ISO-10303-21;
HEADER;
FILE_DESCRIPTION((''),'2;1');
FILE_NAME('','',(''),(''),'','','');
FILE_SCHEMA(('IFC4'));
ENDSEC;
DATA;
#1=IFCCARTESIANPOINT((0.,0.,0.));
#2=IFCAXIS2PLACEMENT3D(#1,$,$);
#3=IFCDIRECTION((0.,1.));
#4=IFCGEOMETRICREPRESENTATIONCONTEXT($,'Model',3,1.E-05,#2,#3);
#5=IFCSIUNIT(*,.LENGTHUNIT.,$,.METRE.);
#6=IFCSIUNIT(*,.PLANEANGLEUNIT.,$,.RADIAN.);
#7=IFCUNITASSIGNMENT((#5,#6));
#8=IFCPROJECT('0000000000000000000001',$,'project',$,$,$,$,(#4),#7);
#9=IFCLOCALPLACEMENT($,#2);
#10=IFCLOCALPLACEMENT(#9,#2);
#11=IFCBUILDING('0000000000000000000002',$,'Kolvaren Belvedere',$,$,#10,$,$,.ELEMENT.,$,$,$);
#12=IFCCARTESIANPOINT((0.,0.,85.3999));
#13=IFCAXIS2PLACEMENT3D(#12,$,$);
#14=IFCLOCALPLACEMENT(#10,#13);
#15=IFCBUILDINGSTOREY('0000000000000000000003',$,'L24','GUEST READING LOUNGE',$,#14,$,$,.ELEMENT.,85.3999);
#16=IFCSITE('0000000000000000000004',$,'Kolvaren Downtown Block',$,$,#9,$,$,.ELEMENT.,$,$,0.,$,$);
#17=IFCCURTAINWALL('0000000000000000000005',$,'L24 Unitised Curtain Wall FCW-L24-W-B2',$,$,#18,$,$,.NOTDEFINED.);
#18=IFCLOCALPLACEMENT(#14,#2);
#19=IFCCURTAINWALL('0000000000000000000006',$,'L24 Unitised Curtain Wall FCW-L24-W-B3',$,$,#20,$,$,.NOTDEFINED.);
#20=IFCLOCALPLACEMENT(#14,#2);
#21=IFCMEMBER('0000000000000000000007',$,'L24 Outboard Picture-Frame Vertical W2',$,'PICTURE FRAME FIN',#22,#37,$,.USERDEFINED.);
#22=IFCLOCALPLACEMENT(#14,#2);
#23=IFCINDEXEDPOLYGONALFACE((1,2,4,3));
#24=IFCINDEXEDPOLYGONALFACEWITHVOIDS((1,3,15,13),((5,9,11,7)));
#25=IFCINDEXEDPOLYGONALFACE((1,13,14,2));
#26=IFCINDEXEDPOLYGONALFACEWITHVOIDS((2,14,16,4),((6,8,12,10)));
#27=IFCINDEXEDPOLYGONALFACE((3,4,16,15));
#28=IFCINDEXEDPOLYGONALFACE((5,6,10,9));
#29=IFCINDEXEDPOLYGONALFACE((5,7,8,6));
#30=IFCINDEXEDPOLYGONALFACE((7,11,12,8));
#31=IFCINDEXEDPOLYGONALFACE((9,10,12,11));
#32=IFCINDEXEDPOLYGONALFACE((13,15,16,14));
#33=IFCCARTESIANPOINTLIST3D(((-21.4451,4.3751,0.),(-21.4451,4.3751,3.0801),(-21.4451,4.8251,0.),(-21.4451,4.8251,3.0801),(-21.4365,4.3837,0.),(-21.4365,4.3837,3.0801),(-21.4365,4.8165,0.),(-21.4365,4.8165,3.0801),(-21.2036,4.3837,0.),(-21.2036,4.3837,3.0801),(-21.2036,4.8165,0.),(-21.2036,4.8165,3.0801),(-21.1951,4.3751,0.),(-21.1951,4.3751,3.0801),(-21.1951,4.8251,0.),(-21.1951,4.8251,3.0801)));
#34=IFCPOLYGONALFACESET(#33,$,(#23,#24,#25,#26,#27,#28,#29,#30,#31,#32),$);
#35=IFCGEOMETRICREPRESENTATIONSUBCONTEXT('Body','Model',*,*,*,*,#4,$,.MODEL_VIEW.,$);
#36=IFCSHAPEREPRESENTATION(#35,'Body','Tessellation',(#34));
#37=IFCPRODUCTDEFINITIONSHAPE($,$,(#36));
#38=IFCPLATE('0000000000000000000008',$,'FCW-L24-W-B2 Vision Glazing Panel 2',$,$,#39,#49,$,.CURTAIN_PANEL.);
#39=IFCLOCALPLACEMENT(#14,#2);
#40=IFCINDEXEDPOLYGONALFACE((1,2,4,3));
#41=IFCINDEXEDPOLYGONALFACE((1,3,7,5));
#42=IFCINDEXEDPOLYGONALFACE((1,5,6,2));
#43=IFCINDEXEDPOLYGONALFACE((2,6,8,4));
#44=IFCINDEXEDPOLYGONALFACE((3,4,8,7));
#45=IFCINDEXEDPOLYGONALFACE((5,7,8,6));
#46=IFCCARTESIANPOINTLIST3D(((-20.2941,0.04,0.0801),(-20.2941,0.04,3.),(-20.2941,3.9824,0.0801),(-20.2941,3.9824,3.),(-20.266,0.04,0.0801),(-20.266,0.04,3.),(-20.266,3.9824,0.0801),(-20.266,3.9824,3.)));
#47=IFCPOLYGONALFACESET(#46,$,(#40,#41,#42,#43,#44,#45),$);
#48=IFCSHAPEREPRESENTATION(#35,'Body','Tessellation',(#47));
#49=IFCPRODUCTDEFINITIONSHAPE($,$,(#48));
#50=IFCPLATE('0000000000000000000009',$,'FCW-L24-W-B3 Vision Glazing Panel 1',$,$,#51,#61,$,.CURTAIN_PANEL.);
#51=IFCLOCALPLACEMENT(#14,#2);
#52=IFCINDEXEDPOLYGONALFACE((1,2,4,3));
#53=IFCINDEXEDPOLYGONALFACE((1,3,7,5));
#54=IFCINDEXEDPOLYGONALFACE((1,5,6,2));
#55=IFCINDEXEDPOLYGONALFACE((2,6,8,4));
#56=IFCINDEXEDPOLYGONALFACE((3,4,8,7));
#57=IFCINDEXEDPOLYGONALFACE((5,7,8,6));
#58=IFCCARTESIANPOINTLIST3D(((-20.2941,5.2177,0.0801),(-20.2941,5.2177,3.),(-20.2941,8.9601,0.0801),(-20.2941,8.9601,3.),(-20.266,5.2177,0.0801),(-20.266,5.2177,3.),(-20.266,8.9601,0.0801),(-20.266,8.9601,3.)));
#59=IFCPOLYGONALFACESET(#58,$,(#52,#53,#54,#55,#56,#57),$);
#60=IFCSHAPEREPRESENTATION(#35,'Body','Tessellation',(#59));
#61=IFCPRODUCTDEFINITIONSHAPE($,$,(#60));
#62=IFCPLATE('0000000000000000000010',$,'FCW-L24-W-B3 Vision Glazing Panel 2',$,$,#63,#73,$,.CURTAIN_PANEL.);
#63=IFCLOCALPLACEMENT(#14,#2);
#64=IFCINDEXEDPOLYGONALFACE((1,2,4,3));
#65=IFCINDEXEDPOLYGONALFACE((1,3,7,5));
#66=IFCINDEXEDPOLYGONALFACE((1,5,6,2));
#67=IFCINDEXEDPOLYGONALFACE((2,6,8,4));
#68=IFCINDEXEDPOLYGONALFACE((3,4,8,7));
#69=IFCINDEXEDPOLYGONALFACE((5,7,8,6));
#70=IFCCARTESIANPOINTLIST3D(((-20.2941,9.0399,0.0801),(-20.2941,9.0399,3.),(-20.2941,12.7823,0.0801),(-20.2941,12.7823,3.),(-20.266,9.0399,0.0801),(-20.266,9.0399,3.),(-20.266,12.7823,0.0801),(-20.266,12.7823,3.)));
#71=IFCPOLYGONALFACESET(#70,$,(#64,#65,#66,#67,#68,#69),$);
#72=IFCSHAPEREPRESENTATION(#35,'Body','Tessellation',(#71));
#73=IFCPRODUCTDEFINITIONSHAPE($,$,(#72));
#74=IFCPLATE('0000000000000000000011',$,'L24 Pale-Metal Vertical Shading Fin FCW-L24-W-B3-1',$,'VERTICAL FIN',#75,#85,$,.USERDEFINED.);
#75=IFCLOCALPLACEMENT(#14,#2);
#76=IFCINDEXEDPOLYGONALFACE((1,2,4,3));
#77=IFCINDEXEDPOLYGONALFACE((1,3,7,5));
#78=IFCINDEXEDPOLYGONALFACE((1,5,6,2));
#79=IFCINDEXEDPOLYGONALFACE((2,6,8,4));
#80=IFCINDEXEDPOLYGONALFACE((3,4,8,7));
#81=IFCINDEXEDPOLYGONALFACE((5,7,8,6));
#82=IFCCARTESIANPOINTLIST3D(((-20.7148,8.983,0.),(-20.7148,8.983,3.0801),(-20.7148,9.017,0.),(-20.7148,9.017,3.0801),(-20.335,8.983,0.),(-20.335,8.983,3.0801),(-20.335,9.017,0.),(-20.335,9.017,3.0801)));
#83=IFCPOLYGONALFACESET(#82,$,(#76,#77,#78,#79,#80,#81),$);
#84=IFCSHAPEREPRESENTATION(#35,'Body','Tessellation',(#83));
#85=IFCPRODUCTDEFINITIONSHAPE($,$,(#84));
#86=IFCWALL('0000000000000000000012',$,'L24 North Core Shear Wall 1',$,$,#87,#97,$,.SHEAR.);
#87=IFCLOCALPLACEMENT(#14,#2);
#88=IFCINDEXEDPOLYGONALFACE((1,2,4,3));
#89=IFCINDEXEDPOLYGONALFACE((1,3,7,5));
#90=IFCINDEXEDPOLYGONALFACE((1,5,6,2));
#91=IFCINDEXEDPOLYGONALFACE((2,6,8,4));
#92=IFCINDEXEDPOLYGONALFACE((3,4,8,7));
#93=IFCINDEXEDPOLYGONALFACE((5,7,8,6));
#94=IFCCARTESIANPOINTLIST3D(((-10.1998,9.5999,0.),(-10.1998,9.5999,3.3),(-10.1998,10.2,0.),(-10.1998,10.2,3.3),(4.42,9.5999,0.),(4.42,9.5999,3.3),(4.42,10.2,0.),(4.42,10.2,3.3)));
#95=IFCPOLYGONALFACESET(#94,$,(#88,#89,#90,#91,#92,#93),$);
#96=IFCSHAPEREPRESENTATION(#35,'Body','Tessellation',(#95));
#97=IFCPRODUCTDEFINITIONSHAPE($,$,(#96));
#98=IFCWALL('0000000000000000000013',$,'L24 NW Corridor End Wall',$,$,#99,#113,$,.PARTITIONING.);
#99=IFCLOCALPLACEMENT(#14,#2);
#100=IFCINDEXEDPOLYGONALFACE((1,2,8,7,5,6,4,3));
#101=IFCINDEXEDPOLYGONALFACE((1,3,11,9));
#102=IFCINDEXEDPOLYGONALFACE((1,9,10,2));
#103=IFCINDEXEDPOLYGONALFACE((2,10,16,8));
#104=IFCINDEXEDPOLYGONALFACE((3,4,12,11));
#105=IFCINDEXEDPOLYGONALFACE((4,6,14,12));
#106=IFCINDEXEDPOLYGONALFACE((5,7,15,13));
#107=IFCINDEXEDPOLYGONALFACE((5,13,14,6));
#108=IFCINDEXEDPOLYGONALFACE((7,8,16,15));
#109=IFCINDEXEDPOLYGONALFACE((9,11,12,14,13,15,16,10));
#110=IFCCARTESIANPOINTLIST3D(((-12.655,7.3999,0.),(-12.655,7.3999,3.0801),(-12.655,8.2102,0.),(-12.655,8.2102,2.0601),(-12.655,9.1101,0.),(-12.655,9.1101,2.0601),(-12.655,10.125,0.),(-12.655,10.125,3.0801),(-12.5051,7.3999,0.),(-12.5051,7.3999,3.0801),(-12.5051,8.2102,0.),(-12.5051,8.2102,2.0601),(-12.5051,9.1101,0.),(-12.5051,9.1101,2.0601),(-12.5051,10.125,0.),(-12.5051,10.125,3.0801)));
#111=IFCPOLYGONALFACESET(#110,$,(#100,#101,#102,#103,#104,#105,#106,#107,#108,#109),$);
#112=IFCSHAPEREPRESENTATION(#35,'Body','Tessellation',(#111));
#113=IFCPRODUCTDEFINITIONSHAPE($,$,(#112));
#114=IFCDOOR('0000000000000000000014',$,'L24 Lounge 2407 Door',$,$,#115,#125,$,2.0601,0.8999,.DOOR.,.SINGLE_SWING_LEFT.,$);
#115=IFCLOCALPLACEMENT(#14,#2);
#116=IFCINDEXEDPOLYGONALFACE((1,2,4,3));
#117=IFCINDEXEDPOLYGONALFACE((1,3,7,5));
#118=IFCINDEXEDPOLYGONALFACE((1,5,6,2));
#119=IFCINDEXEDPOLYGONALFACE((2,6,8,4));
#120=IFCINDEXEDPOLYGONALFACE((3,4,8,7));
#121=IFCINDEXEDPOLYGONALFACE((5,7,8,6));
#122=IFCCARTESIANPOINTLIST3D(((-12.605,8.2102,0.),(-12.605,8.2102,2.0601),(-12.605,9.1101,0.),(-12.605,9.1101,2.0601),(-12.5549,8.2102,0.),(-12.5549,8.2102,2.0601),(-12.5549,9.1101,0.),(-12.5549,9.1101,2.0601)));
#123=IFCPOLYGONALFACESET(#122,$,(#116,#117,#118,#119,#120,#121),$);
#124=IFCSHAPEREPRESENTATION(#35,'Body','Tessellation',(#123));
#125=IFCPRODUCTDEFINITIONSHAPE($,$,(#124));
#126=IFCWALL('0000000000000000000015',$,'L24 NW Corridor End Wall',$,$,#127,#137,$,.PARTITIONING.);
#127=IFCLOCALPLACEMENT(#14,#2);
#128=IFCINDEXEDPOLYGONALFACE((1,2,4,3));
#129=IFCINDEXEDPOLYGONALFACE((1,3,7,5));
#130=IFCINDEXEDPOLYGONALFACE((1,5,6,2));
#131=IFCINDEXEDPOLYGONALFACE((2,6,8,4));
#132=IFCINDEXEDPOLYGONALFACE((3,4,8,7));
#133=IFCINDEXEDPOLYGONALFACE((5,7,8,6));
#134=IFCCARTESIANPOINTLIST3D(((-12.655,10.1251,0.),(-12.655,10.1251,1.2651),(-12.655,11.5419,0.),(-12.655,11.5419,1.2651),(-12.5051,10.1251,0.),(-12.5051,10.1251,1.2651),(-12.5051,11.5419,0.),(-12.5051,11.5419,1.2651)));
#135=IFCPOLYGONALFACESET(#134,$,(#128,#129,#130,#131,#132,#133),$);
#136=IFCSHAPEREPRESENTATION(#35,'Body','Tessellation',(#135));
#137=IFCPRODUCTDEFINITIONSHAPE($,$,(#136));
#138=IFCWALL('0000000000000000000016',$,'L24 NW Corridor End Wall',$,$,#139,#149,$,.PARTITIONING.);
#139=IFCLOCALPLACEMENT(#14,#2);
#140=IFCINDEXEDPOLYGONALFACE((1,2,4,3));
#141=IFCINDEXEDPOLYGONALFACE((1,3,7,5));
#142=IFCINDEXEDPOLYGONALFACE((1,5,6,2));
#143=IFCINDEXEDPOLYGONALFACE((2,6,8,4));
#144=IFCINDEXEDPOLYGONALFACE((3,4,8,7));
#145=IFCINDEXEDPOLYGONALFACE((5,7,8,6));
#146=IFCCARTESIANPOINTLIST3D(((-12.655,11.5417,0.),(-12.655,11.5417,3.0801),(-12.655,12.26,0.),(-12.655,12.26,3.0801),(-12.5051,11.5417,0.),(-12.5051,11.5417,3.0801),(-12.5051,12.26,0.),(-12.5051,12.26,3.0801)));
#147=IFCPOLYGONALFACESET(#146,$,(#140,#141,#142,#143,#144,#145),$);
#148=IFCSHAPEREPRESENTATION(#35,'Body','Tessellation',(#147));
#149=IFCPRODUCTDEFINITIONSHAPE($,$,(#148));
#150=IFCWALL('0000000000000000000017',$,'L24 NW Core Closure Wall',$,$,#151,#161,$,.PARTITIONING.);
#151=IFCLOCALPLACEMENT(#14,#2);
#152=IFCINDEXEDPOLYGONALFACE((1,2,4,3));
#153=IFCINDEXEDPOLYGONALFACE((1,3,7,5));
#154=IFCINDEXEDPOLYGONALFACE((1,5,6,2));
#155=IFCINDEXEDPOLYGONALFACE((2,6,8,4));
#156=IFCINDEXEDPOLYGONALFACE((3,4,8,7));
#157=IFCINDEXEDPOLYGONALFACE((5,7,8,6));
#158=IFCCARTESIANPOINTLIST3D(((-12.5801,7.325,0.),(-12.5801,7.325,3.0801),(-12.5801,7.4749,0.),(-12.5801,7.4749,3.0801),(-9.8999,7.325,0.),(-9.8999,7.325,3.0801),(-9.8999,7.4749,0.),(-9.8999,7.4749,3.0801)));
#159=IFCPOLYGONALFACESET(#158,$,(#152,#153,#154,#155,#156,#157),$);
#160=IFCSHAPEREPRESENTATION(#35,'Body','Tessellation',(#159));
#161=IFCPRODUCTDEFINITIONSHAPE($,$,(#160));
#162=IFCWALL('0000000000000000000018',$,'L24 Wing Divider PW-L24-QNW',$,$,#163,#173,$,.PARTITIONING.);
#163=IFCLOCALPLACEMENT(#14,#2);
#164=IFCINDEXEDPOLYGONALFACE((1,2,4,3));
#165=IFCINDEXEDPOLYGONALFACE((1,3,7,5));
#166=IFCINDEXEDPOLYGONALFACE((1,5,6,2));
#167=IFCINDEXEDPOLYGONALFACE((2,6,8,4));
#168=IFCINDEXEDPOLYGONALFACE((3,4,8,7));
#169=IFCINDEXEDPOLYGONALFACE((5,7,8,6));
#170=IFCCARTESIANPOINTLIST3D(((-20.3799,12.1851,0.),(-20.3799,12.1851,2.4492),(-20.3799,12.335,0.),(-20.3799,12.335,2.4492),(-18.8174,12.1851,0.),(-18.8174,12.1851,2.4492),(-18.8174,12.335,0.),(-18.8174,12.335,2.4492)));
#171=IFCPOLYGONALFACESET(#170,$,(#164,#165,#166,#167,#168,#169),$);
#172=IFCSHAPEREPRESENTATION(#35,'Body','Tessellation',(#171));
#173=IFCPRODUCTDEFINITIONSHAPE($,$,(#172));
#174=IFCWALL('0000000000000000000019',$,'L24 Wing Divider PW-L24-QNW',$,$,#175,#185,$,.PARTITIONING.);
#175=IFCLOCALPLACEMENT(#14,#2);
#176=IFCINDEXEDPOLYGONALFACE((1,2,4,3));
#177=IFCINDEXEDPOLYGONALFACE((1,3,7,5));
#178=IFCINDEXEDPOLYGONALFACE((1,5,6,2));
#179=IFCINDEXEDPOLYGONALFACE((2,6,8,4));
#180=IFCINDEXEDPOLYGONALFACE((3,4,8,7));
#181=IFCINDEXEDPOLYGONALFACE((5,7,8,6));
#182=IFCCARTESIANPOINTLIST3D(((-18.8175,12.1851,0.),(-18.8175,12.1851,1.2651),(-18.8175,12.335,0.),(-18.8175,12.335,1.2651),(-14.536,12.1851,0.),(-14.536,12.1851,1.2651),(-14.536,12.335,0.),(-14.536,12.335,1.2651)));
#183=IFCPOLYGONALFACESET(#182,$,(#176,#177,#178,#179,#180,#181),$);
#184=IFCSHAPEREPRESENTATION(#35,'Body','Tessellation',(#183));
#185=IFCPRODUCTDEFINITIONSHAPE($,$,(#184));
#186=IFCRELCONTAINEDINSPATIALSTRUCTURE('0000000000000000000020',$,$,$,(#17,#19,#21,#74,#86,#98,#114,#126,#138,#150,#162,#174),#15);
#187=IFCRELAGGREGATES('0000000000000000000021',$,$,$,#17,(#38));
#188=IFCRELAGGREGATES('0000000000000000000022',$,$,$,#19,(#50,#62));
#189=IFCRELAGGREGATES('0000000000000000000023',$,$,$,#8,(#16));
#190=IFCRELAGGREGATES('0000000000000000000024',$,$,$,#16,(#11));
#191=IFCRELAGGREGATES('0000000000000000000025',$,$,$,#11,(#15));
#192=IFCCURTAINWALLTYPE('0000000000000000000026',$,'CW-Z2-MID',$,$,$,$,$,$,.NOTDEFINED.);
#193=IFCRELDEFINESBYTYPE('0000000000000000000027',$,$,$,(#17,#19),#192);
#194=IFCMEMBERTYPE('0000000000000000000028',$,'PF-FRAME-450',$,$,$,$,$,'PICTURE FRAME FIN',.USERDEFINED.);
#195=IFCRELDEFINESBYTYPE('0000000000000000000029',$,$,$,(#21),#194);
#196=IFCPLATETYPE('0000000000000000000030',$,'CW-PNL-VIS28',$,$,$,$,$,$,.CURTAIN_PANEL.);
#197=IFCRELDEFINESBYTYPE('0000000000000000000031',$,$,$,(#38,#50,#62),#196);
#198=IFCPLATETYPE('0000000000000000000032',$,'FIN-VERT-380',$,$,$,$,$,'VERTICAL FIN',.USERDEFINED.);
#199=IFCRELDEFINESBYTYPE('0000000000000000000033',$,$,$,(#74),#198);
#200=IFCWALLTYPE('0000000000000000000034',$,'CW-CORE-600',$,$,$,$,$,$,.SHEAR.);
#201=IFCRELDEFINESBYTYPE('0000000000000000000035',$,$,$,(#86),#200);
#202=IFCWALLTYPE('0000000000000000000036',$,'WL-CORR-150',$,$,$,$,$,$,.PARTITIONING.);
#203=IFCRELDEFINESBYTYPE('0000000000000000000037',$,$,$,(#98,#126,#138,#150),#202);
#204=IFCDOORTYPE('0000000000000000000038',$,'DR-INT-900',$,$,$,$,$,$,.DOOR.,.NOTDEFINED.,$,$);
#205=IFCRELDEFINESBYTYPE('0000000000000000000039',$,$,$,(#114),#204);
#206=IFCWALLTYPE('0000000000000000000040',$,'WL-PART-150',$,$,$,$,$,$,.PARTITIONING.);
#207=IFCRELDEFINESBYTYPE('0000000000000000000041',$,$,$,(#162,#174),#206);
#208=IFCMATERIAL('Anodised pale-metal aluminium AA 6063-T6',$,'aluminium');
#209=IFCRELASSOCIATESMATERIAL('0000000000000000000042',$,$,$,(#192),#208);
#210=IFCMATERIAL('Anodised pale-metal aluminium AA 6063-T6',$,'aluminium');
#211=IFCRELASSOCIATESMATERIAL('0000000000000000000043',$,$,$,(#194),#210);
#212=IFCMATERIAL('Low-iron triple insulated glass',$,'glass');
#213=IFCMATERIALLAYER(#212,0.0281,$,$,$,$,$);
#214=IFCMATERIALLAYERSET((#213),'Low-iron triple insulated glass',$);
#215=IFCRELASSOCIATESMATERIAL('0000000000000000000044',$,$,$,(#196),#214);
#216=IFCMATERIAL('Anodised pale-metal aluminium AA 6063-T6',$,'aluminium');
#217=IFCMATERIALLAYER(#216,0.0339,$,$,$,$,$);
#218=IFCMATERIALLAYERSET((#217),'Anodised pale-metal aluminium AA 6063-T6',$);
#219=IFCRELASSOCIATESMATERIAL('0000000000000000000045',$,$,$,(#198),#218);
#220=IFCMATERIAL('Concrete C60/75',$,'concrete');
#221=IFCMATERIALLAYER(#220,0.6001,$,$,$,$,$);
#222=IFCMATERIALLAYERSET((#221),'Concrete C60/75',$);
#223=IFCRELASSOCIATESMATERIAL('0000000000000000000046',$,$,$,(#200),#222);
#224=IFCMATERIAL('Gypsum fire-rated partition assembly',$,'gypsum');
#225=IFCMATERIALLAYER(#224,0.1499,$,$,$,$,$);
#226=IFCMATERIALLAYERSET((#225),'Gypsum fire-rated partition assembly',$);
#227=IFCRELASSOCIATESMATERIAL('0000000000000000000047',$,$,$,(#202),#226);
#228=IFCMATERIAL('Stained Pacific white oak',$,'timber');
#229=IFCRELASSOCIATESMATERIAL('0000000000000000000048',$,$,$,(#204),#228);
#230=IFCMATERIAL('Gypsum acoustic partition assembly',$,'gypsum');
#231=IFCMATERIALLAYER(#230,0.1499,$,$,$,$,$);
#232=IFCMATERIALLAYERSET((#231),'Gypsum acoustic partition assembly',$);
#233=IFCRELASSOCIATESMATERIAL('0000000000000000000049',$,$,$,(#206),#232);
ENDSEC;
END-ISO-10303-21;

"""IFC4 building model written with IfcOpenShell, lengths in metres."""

from ifc_helpers import new_model, si_unit, direction, frame, frame_2d, origin, origin_2d, place, context, subcontext, project, spatial, rectangle, hollow_rectangle, extrude, material, layer, layer_set, material_profile, profile_set, type_object, element, fill, aggregate, save


model = new_model("IFC4")

# Units and contexts
model_context = context("Model", 3, precision=1e-05, world=origin(), true_north=direction((0.0, 1.0)))
body_context = subcontext(model_context, "Body", "Model", "MODEL_VIEW")
ifc_project = project(units=[si_unit("LENGTHUNIT", "METRE"), si_unit("PLANEANGLEUNIT", "RADIAN")], contexts=[model_context])

# Site, building, storey
site_placement = place(None, origin())
site = spatial("IfcSite", under=ifc_project, at=site_placement, Name="Kolvaren Downtown Block", CompositionType="ELEMENT", RefElevation=0.0)
building_placement = place(site_placement, origin())
building = spatial("IfcBuilding", under=site, at=building_placement, Name="Kolvaren Belvedere", CompositionType="ELEMENT")
storey_placement = place(building_placement, frame((0.0, 0.0, 85.3999)))
storey = spatial("IfcBuildingStorey", under=building, at=storey_placement, Name="L24", Description="GUEST READING LOUNGE", CompositionType="ELEMENT", Elevation=85.3999)

# Curtain wall
ifc_material_1 = material(Name="Anodised pale-metal aluminium AA 6063-T6", Category="aluminium")
curtain_wall_type = type_object("IfcCurtainWallType", Name="CW-Z2-MID", PredefinedType="NOTDEFINED", material=ifc_material_1)
curtain_wall_1_placement = place(storey_placement, origin())
curtain_wall_1 = element("IfcCurtainWall", 1, at=curtain_wall_1_placement, inside=storey, type_object=curtain_wall_type, Name="L24 Unitised Curtain Wall FCW-L24-W-B2", PredefinedType="NOTDEFINED")

# Curtain wall
curtain_wall_2_placement = place(storey_placement, origin())
curtain_wall_2 = element("IfcCurtainWall", 2, at=curtain_wall_2_placement, inside=storey, type_object=curtain_wall_type, Name="L24 Unitised Curtain Wall FCW-L24-W-B3", PredefinedType="NOTDEFINED")

# Member
ifc_material_2 = material(Name="Anodised pale-metal aluminium AA 6063-T6", Category="aluminium")
ifc_material_profile_1 = material_profile(ifc_material_2, hollow_rectangle(XDim=0.25, YDim=0.45, WallThickness=0.0085, at=origin_2d()), Name="ALU-PF-450X250")
ifc_profile_set_1 = profile_set([ifc_material_profile_1], Name="Anodised pale-metal aluminium AA 6063-T6")
member_type_1 = type_object("IfcMemberType", Name="PF-FRAME-450", ElementType="PICTURE FRAME FIN", PredefinedType="USERDEFINED", material=ifc_profile_set_1)
member_1_placement = place(storey_placement, frame((-21.3201, 4.6001, 0.0), z_axis=(0.0, 0.0, 1.0), x_axis=(1.0, 0.0, 0.0)))
element("IfcMember", 3, at=member_1_placement, inside=storey, type_object=member_type_1, Name="L24 Outboard Picture-Frame Vertical W2", ObjectType="PICTURE FRAME FIN", PredefinedType="USERDEFINED", context=body_context, shape_type="SweptSolid", body=[
    extrude(hollow_rectangle(XDim=0.25, YDim=0.45, WallThickness=0.0085, at=origin_2d()), origin(), (0.0, 0.0, 1.0), 3.0801),
])

# Plates
ifc_material_3 = material(Name="Low-iron triple insulated glass", Category="glass")
ifc_layer_1 = layer(ifc_material_3, 0.0281)
ifc_layer_set_1 = layer_set([ifc_layer_1], Name="Low-iron triple insulated glass")
plate_type_1 = type_object("IfcPlateType", Name="CW-PNL-VIS28", PredefinedType="CURTAIN_PANEL", material=ifc_layer_set_1)
plate_1_placement = place(storey_placement, frame((-20.28, 2.0112, 0.0801), z_axis=(0.0, 0.0, 1.0), x_axis=(0.0, 1.0, 0.0)))
plate_1 = element("IfcPlate", 4, at=plate_1_placement, type_object=plate_type_1, Name="FCW-L24-W-B2 Vision Glazing Panel 2", PredefinedType="CURTAIN_PANEL", context=body_context, shape_type="SweptSolid", body=[
    extrude(rectangle(XDim=3.9424, YDim=0.0281, at=origin_2d()), origin(), (0.0, 0.0, 1.0), 2.9199),
])
aggregate(curtain_wall_1, [plate_1])
plate_2_placement = place(storey_placement, frame((-20.28, 7.0889, 0.0801), z_axis=(0.0, 0.0, 1.0), x_axis=(0.0, 1.0, 0.0)))
plate_2 = element("IfcPlate", 5, at=plate_2_placement, type_object=plate_type_1, Name="FCW-L24-W-B3 Vision Glazing Panel 1", PredefinedType="CURTAIN_PANEL", context=body_context, shape_type="SweptSolid", body=[
    extrude(rectangle(XDim=3.7424, YDim=0.0281, at=origin_2d()), origin(), (0.0, 0.0, 1.0), 2.9199),
])
plate_3_placement = place(storey_placement, frame((-20.28, 10.9111, 0.0801), z_axis=(0.0, 0.0, 1.0), x_axis=(0.0, 1.0, 0.0)))
plate_3 = element("IfcPlate", 6, at=plate_3_placement, type_object=plate_type_1, Name="FCW-L24-W-B3 Vision Glazing Panel 2", PredefinedType="CURTAIN_PANEL", context=body_context, shape_type="SweptSolid", body=[
    extrude(rectangle(XDim=3.7424, YDim=0.0281, at=origin_2d()), origin(), (0.0, 0.0, 1.0), 2.9199),
])
aggregate(curtain_wall_2, [plate_2, plate_3])
ifc_material_4 = material(Name="Anodised pale-metal aluminium AA 6063-T6", Category="aluminium")
ifc_layer_2 = layer(ifc_material_4, 0.0339)
ifc_layer_set_2 = layer_set([ifc_layer_2], Name="Anodised pale-metal aluminium AA 6063-T6")
plate_type_2 = type_object("IfcPlateType", Name="FIN-VERT-380", ElementType="VERTICAL FIN", PredefinedType="USERDEFINED", material=ifc_layer_set_2)
plate_4_placement = place(storey_placement, frame((-20.5249, 9.0, 0.0), z_axis=(0.0, 0.0, 1.0), x_axis=(1.0, 0.0, 0.0)))
element("IfcPlate", 7, at=plate_4_placement, inside=storey, type_object=plate_type_2, Name="L24 Pale-Metal Vertical Shading Fin FCW-L24-W-B3-1", ObjectType="VERTICAL FIN", PredefinedType="USERDEFINED", context=body_context, shape_type="SweptSolid", body=[
    extrude(rectangle(XDim=0.3799, YDim=0.0339, at=origin_2d()), origin(), (0.0, 0.0, 1.0), 3.0801),
])

# Wall
ifc_material_5 = material(Name="Concrete C60/75", Category="concrete")
ifc_layer_3 = layer(ifc_material_5, 0.6001)
ifc_layer_set_3 = layer_set([ifc_layer_3], Name="Concrete C60/75")
wall_type_1 = type_object("IfcWallType", Name="CW-CORE-600", PredefinedType="SHEAR", material=ifc_layer_set_3)
wall_1_placement = place(storey_placement, frame((-10.2, 9.8999, 0.0), z_axis=(0.0, 0.0, 1.0), x_axis=(1.0, 0.0, 0.0)))
element("IfcWall", 8, at=wall_1_placement, inside=storey, type_object=wall_type_1, Name="L24 North Core Shear Wall 1", PredefinedType="SHEAR", context=body_context, shape_type="SweptSolid", body=[
    extrude(rectangle(XDim=14.6199, YDim=0.6001, at=frame_2d((7.3101, 0.0))), origin(), (0.0, 0.0, 1.0), 3.3),
])

# Wall, opening, door
ifc_material_6 = material(Name="Gypsum fire-rated partition assembly", Category="gypsum")
ifc_layer_4 = layer(ifc_material_6, 0.1499)
ifc_layer_set_4 = layer_set([ifc_layer_4], Name="Gypsum fire-rated partition assembly")
wall_type_2 = type_object("IfcWallType", Name="WL-CORR-150", PredefinedType="PARTITIONING", material=ifc_layer_set_4)
wall_2_placement = place(storey_placement, frame((-12.5801, 7.3999, 0.0), z_axis=(0.0, 0.0, 1.0), x_axis=(0.0, 1.0, 0.0)))
wall_2 = element("IfcWall", 9, at=wall_2_placement, inside=storey, type_object=wall_type_2, Name="L24 NW Corridor End Wall", PredefinedType="PARTITIONING", context=body_context, shape_type="SweptSolid", body=[
    extrude(rectangle(XDim=2.7251, YDim=0.1499, at=frame_2d((1.3625, 0.0))), origin(), (0.0, 0.0, 1.0), 3.0801),
])
opening_placement = place(wall_2_placement, frame((0.8103, 0.0, 0.0)))
opening = element("IfcOpeningElement", 10, at=opening_placement, cuts=wall_2, PredefinedType="OPENING", context=body_context, shape_type="SweptSolid", body=[
    extrude(rectangle(XDim=0.8999, YDim=2.0601, at=frame_2d((0.45, 1.03))), frame((0.0, 0.085, 0.0), z_axis=(0.0, -1.0, 0.0), x_axis=(1.0, 0.0, 0.0)), (0.0, 0.0, 1.0), 0.1699),
])
ifc_material_7 = material(Name="Stained Pacific white oak", Category="timber")
door_type = type_object("IfcDoorType", Name="DR-INT-900", OperationType="NOTDEFINED", PredefinedType="DOOR", material=ifc_material_7)
door_placement = place(opening_placement, origin())
door = element("IfcDoor", 11, at=door_placement, inside=storey, type_object=door_type, Name="L24 Lounge 2407 Door", OperationType="SINGLE_SWING_LEFT", OverallHeight=2.0601, OverallWidth=0.8999, PredefinedType="DOOR", context=body_context, shape_type="SweptSolid", body=[
    extrude(rectangle(XDim=0.8999, YDim=2.0601, at=frame_2d((0.45, 1.03))), frame((0.0, 0.0249, 0.0), z_axis=(0.0, -1.0, 0.0), x_axis=(1.0, 0.0, 0.0)), (0.0, 0.0, 1.0), 0.05),
])
fill(opening, door)

# Walls
wall_3_placement = place(storey_placement, frame((-12.5801, 10.125, 0.0), z_axis=(0.0, 0.0, 1.0), x_axis=(0.0, 1.0, 0.0)))
element("IfcWall", 12, at=wall_3_placement, inside=storey, type_object=wall_type_2, Name="L24 NW Corridor End Wall", PredefinedType="PARTITIONING", context=body_context, shape_type="SweptSolid", body=[
    extrude(rectangle(XDim=1.4167, YDim=0.1499, at=frame_2d((0.7085, 0.0))), origin(), (0.0, 0.0, 1.0), 1.2651),
])
wall_4_placement = place(storey_placement, frame((-12.5801, 11.5417, 0.0), z_axis=(0.0, 0.0, 1.0), x_axis=(0.0, 1.0, 0.0)))
element("IfcWall", 13, at=wall_4_placement, inside=storey, type_object=wall_type_2, Name="L24 NW Corridor End Wall", PredefinedType="PARTITIONING", context=body_context, shape_type="SweptSolid", body=[
    extrude(rectangle(XDim=0.7183, YDim=0.1499, at=frame_2d((0.3591, 0.0))), origin(), (0.0, 0.0, 1.0), 3.0801),
])
wall_5_placement = place(storey_placement, frame((-12.5801, 7.3999, 0.0), z_axis=(0.0, 0.0, 1.0), x_axis=(1.0, 0.0, 0.0)))
element("IfcWall", 14, at=wall_5_placement, inside=storey, type_object=wall_type_2, Name="L24 NW Core Closure Wall", PredefinedType="PARTITIONING", context=body_context, shape_type="SweptSolid", body=[
    extrude(rectangle(XDim=2.6802, YDim=0.1499, at=frame_2d((1.3401, 0.0))), origin(), (0.0, 0.0, 1.0), 3.0801),
])
ifc_material_8 = material(Name="Gypsum acoustic partition assembly", Category="gypsum")
ifc_layer_5 = layer(ifc_material_8, 0.1499)
ifc_layer_set_5 = layer_set([ifc_layer_5], Name="Gypsum acoustic partition assembly")
wall_type_3 = type_object("IfcWallType", Name="WL-PART-150", PredefinedType="PARTITIONING", material=ifc_layer_set_5)
wall_6_placement = place(storey_placement, frame((-20.3799, 12.26, 0.0), z_axis=(0.0, 0.0, 1.0), x_axis=(1.0, 0.0, 0.0)))
element("IfcWall", 15, at=wall_6_placement, inside=storey, type_object=wall_type_3, Name="L24 Wing Divider PW-L24-QNW", PredefinedType="PARTITIONING", context=body_context, shape_type="SweptSolid", body=[
    extrude(rectangle(XDim=1.5625, YDim=0.1499, at=frame_2d((0.7812, 0.0))), origin(), (0.0, 0.0, 1.0), 2.4492),
])
wall_7_placement = place(storey_placement, frame((-18.8174, 12.26, 0.0), z_axis=(0.0, 0.0, 1.0), x_axis=(1.0, 0.0, 0.0)))
element("IfcWall", 16, at=wall_7_placement, inside=storey, type_object=wall_type_3, Name="L24 Wing Divider PW-L24-QNW", PredefinedType="PARTITIONING", context=body_context, shape_type="SweptSolid", body=[
    extrude(rectangle(XDim=4.2815, YDim=0.1499, at=frame_2d((2.1406, 0.0))), origin(), (0.0, 0.0, 1.0), 1.2651),
])

save(model, "model.ifc")
